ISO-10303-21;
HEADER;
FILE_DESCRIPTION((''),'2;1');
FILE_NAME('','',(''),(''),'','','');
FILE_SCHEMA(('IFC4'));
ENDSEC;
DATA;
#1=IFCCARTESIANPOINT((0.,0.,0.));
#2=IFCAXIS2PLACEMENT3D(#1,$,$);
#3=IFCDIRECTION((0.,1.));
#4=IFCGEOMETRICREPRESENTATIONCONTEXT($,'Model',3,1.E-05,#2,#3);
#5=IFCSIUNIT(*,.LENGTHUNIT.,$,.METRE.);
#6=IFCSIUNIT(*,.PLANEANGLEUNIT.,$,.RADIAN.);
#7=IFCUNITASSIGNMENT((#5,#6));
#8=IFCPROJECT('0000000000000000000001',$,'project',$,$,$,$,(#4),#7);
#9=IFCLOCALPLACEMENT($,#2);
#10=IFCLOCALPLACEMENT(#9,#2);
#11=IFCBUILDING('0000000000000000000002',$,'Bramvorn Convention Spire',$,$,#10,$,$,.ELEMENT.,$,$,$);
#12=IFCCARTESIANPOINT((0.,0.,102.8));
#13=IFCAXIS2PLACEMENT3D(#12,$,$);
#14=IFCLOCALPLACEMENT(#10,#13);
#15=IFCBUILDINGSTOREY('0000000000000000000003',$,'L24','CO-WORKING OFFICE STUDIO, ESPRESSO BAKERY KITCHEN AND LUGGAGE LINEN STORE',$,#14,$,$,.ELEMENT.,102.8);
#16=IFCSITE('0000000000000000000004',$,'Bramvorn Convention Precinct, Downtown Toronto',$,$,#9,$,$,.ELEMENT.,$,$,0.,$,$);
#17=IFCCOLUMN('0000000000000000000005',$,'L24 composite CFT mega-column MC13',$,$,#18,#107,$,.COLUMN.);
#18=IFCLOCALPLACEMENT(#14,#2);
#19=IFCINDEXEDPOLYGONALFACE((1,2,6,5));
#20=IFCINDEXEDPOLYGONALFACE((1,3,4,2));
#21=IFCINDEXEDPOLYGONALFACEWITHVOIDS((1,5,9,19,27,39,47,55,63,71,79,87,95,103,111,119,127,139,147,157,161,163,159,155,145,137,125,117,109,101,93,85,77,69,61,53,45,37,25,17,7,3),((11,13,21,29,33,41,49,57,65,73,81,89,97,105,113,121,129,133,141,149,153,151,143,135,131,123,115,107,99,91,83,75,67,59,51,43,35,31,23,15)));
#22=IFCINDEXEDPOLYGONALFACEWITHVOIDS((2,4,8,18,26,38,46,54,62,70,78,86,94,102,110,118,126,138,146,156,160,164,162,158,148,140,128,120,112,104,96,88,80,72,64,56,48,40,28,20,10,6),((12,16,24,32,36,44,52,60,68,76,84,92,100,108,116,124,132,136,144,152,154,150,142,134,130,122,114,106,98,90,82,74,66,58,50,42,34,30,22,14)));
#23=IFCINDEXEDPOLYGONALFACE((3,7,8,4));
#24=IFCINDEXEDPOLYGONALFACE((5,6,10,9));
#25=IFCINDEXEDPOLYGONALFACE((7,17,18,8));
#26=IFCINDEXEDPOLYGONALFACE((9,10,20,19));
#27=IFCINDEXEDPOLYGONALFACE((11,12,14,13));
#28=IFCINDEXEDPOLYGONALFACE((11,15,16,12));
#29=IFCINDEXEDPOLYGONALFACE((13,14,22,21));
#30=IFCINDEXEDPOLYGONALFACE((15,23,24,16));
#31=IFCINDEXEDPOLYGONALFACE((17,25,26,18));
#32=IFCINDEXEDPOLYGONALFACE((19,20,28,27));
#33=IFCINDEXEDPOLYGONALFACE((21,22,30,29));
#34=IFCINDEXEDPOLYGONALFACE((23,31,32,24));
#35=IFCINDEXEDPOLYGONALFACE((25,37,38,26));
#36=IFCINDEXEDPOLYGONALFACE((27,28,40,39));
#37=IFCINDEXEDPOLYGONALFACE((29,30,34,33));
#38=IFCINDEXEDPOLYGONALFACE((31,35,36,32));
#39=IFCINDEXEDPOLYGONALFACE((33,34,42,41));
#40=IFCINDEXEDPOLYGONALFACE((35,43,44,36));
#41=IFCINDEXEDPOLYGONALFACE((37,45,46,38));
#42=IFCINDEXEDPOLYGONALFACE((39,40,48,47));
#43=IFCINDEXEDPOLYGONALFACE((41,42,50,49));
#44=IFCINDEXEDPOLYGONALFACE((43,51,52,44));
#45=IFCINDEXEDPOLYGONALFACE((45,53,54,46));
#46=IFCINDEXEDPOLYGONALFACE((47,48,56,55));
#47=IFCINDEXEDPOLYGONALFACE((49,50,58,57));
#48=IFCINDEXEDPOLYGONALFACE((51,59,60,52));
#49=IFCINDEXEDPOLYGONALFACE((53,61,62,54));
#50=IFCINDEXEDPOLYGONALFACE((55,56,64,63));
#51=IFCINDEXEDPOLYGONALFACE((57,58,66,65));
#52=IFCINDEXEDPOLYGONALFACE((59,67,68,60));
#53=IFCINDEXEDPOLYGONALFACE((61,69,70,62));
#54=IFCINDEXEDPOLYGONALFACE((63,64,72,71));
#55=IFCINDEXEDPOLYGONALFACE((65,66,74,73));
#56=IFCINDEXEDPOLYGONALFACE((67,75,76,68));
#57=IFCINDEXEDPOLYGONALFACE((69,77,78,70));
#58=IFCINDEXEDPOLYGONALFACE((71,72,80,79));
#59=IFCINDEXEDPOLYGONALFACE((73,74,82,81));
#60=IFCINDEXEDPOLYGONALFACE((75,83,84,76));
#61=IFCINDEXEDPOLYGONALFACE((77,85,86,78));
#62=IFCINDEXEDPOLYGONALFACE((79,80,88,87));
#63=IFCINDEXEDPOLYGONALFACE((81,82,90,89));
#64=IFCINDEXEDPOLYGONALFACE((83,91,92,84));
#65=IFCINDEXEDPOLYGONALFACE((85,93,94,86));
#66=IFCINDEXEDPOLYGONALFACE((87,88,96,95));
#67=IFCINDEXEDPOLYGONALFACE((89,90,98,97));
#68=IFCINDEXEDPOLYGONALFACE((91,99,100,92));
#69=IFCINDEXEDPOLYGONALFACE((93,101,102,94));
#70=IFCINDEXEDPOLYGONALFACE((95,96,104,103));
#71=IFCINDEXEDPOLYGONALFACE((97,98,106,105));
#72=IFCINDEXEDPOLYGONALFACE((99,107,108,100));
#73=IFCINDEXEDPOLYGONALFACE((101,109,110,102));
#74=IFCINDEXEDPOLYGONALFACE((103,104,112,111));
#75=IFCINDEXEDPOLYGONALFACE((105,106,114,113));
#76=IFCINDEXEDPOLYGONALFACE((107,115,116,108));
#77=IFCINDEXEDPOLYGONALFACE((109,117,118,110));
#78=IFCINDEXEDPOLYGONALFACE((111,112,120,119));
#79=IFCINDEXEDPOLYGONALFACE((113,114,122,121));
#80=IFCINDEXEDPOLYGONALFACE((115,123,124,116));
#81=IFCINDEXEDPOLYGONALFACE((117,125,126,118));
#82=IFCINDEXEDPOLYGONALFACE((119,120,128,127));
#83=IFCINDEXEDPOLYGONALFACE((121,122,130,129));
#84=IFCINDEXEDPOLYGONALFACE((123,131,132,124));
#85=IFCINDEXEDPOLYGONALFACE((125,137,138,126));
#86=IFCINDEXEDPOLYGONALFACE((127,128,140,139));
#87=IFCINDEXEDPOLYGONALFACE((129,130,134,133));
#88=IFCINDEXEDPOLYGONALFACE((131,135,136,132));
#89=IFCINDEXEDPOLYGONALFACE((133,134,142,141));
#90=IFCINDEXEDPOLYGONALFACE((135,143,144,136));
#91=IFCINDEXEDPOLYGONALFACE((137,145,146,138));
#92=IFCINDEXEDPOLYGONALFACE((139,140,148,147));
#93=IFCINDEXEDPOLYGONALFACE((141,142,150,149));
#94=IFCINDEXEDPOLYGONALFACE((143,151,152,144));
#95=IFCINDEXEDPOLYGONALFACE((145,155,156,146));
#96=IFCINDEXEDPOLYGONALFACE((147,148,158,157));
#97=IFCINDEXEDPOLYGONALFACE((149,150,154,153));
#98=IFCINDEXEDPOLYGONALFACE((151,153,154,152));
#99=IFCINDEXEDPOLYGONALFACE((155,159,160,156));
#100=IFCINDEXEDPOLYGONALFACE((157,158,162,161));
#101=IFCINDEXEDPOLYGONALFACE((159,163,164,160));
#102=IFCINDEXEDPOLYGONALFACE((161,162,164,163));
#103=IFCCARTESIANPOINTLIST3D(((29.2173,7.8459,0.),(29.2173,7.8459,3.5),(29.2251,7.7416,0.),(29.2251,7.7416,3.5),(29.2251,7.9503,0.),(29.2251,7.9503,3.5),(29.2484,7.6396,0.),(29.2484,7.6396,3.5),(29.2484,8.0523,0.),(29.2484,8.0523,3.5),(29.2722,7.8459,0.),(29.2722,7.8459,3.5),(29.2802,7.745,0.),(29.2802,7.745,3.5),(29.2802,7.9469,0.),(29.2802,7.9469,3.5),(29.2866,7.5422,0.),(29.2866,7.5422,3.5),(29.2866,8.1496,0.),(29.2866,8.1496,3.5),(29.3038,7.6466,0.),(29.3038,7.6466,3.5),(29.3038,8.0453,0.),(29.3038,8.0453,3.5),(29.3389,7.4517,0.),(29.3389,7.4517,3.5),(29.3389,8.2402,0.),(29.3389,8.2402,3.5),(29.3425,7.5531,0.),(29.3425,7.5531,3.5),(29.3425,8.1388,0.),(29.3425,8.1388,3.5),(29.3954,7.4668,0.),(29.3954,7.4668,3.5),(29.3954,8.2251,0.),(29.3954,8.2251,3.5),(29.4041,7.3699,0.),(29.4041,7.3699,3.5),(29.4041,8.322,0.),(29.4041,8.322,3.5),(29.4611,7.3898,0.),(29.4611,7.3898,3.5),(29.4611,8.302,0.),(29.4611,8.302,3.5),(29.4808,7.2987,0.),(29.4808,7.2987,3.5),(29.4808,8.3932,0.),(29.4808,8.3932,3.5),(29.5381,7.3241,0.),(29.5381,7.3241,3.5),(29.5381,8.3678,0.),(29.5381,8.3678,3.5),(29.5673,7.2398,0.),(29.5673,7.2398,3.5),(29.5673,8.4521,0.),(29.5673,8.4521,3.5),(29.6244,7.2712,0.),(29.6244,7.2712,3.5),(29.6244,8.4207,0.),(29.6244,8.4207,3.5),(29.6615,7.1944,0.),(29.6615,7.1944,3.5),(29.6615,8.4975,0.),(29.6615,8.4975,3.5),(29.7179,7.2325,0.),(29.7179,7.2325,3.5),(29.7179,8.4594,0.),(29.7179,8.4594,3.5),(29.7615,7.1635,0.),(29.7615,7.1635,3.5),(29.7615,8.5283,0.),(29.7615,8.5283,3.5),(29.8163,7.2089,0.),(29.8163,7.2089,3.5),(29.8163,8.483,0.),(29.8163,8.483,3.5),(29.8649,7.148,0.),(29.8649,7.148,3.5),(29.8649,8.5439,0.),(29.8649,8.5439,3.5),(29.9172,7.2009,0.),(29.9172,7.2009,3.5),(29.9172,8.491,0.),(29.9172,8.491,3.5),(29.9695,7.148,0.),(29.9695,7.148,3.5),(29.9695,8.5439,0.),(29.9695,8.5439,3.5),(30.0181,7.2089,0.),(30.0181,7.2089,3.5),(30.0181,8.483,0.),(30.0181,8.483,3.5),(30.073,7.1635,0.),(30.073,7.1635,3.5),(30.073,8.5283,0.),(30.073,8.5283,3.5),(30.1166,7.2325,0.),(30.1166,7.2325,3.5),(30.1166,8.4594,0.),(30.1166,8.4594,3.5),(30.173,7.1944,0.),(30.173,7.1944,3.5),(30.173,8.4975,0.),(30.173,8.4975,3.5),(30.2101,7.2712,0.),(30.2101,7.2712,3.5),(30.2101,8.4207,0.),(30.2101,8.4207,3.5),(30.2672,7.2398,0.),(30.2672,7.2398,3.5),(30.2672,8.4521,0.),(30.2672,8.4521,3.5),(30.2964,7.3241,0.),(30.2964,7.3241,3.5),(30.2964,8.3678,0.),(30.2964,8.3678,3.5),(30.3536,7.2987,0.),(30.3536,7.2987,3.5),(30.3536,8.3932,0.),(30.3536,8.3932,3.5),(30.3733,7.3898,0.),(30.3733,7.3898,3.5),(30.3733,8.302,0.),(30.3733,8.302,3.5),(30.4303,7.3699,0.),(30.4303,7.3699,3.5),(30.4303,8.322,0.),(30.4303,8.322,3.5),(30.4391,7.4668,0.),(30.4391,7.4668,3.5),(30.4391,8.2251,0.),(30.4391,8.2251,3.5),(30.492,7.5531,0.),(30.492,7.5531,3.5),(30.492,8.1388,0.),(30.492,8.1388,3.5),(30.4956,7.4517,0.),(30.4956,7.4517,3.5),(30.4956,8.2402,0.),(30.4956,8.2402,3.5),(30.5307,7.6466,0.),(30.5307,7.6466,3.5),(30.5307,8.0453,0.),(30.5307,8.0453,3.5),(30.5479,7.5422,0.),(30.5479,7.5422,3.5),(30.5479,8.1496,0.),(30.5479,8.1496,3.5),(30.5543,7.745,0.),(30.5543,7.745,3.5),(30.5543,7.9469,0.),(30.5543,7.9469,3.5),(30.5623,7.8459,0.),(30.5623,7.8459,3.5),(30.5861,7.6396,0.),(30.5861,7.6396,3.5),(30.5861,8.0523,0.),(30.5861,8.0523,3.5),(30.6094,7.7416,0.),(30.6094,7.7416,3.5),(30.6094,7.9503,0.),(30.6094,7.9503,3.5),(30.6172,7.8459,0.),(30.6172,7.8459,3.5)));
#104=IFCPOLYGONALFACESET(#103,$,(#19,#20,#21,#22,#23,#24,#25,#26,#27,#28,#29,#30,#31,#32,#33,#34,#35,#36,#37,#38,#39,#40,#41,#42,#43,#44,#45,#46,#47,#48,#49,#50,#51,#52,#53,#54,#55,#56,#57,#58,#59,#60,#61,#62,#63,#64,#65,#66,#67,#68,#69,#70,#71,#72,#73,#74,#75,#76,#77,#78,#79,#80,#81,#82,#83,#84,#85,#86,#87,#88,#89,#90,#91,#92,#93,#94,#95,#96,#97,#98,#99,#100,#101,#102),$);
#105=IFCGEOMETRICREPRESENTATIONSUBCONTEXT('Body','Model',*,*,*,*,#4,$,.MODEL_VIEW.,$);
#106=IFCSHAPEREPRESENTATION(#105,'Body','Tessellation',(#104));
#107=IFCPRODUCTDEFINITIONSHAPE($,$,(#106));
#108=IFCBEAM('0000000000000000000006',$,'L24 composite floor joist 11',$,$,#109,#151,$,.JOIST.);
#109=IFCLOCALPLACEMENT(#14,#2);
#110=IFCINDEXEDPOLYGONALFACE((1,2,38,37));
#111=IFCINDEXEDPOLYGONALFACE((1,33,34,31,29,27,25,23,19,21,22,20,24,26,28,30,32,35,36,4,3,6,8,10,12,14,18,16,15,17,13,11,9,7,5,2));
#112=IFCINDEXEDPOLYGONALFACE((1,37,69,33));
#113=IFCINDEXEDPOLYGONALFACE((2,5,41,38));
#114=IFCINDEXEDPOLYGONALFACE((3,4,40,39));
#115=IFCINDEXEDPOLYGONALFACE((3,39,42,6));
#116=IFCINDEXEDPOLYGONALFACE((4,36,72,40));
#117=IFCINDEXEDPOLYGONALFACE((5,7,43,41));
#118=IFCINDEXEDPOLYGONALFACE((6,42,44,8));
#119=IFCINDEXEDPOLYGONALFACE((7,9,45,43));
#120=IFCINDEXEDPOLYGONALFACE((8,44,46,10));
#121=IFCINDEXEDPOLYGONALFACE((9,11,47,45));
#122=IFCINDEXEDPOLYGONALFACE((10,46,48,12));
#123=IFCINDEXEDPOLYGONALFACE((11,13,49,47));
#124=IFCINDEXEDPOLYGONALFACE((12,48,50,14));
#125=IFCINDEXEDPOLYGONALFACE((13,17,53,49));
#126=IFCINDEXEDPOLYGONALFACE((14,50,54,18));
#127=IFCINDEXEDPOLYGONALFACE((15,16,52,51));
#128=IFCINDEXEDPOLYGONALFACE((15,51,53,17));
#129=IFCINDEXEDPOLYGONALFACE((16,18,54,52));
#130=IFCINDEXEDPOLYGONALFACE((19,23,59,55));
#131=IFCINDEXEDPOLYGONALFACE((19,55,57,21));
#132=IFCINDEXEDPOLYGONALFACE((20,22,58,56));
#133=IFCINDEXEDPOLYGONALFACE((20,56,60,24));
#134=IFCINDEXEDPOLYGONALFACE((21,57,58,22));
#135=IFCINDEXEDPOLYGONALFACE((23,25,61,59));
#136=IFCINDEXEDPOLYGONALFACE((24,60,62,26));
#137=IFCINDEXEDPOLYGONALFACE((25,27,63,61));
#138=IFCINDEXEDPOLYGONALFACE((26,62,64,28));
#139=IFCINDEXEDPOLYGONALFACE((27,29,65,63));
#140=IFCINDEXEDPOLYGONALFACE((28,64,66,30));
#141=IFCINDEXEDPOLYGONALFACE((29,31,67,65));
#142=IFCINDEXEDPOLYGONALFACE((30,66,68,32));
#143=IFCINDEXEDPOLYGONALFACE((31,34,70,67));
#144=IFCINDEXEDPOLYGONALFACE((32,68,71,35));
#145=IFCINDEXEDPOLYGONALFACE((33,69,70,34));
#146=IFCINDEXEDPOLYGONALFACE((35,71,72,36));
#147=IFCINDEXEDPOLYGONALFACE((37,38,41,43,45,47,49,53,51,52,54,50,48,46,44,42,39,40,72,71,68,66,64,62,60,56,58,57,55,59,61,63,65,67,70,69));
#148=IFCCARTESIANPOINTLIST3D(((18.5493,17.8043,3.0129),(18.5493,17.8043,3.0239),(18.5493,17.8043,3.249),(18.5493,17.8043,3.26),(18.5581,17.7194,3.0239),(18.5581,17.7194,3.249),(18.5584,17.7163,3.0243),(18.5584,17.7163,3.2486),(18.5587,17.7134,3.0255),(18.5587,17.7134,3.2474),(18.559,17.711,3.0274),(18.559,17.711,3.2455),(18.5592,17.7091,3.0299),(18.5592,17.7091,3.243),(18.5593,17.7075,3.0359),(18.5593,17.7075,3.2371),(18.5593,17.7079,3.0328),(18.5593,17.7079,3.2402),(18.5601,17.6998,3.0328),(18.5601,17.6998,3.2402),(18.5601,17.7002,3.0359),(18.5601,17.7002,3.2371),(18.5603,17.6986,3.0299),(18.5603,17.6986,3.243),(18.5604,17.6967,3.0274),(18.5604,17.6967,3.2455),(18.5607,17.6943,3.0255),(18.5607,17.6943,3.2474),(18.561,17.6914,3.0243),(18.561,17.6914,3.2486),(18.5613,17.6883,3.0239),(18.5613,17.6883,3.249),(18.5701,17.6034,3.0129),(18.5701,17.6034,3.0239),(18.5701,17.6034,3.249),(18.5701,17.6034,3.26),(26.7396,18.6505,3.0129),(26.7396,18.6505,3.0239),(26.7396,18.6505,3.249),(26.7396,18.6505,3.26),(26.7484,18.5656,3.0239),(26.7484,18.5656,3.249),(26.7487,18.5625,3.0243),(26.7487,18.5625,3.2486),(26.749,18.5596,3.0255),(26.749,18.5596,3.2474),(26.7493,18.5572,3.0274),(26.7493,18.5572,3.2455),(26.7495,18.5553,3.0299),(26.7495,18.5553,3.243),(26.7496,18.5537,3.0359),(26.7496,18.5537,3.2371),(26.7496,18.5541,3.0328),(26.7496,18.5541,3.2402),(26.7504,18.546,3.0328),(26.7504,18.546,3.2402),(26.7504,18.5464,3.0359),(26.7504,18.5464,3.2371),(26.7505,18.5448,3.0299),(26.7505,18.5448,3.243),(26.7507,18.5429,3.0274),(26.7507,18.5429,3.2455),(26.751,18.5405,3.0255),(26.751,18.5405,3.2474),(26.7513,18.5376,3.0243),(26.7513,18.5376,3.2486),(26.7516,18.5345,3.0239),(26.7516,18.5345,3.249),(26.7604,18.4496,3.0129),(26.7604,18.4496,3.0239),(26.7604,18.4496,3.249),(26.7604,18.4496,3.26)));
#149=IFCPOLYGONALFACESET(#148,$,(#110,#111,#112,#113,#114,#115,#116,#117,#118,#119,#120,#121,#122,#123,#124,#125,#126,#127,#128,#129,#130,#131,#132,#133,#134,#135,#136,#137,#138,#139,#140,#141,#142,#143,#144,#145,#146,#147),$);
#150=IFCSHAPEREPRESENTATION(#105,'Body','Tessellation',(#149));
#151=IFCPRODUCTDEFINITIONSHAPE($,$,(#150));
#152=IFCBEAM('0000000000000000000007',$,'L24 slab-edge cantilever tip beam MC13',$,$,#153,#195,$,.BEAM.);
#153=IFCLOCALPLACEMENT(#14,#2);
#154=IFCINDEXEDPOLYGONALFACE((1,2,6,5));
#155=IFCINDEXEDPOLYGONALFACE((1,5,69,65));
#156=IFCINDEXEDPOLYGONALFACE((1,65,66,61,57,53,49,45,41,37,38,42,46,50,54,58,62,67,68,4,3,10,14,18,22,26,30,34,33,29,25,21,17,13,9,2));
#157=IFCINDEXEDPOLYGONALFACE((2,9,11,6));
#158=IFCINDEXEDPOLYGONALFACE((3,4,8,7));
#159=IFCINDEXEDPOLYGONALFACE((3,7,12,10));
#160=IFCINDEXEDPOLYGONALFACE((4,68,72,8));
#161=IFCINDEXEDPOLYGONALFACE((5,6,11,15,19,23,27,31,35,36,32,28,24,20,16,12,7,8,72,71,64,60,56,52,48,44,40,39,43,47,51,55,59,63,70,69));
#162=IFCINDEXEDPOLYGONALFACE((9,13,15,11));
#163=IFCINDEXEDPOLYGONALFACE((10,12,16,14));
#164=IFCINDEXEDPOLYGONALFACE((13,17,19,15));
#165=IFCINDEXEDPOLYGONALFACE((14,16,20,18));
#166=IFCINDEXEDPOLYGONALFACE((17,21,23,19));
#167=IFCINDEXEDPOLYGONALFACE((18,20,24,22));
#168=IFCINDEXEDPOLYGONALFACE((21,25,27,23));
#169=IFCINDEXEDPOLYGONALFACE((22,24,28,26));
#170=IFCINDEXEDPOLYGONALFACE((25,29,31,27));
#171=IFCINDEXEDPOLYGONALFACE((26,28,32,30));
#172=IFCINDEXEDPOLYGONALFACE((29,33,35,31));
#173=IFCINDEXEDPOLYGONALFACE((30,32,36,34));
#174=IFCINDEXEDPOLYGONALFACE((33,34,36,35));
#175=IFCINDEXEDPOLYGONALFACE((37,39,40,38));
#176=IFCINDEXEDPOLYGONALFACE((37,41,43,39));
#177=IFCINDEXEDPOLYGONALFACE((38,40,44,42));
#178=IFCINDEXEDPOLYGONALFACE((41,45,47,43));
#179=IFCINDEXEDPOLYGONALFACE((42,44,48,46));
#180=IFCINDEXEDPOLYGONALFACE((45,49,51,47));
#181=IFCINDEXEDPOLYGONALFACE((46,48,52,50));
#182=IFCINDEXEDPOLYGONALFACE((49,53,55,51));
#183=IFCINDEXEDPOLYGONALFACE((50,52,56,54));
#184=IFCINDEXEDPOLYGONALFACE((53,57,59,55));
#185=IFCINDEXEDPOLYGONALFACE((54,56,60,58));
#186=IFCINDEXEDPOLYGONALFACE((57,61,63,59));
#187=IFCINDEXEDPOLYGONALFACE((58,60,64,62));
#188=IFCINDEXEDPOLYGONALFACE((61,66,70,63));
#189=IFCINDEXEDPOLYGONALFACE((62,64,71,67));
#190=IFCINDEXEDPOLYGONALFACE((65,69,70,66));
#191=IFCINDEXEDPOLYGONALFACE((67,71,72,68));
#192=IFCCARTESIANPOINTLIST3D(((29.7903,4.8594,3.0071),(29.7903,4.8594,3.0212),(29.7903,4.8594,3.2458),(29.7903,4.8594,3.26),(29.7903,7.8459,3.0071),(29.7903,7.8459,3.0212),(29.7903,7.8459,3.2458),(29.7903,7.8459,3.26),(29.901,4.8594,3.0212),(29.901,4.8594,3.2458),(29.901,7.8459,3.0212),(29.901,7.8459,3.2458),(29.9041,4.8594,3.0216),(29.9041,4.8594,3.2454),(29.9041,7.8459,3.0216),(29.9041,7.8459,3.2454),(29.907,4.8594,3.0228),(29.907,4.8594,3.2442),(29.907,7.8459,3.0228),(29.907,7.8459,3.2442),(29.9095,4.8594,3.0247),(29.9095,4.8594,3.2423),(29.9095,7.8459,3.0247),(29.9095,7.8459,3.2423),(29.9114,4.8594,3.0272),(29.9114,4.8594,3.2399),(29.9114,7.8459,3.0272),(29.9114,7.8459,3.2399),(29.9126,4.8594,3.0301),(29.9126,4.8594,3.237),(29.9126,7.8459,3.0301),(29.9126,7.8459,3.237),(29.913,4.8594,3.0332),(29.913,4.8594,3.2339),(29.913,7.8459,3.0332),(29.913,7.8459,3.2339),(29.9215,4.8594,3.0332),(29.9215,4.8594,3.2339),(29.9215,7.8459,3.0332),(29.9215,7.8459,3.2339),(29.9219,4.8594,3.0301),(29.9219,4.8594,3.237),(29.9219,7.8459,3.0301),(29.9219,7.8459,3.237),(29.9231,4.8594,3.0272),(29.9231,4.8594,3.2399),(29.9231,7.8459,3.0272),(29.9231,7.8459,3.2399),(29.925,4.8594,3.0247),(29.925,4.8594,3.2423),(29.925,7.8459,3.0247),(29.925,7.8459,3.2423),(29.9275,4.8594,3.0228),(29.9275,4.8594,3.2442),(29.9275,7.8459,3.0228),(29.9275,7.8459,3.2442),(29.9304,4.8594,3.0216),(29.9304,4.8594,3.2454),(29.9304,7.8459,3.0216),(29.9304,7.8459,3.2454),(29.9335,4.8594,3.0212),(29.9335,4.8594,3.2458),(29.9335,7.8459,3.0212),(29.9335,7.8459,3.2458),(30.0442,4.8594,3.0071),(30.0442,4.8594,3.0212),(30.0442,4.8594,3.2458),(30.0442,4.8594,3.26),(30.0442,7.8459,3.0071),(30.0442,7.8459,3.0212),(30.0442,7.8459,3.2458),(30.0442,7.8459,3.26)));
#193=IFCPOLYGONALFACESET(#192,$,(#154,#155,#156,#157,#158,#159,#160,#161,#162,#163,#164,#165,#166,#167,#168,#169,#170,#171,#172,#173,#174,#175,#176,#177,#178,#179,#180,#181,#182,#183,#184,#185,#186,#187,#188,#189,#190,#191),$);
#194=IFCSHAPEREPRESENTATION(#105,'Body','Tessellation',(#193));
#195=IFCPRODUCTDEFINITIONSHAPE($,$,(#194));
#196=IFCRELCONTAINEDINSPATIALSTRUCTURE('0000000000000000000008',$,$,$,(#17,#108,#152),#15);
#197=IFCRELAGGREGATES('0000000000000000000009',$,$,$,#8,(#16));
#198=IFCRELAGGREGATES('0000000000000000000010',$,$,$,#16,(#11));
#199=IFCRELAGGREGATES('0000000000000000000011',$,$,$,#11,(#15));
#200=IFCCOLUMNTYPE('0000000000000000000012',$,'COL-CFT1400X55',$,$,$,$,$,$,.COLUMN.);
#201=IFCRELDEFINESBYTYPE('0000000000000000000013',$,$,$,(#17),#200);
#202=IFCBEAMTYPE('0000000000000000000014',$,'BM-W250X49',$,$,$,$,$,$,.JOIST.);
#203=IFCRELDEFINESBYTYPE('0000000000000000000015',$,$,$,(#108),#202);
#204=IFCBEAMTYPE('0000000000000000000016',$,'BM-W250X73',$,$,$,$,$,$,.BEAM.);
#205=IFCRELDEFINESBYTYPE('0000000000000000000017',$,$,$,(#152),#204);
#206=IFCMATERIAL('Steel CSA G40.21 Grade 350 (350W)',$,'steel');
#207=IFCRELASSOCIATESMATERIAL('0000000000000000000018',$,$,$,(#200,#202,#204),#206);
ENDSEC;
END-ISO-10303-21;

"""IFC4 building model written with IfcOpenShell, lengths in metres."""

from ifc_helpers import new_model, si_unit, direction, frame, origin, origin_2d, place, context, subcontext, project, spatial, hollow_circle, i_section, extrude, material, material_profile, profile_set, type_object, element, save


model = new_model("IFC4")

# Units and contexts
model_context = context("Model", 3, precision=1e-05, world=origin(), true_north=direction((0.0, 1.0)))
body_context = subcontext(model_context, "Body", "Model", "MODEL_VIEW")
ifc_project = project(units=[si_unit("LENGTHUNIT", "METRE"), si_unit("PLANEANGLEUNIT", "RADIAN")], contexts=[model_context])

# Site, building, storey
site_placement = place(None, origin())
site = spatial("IfcSite", under=ifc_project, at=site_placement, Name="Bramvorn Convention Precinct, Downtown Toronto", CompositionType="ELEMENT", RefElevation=0.0)
building_placement = place(site_placement, origin())
building = spatial("IfcBuilding", under=site, at=building_placement, Name="Bramvorn Convention Spire", CompositionType="ELEMENT")
storey_placement = place(building_placement, frame((0.0, 0.0, 102.8)))
storey = spatial("IfcBuildingStorey", under=building, at=storey_placement, Name="L24", Description="CO-WORKING OFFICE STUDIO, ESPRESSO BAKERY KITCHEN AND LUGGAGE LINEN STORE", CompositionType="ELEMENT", Elevation=102.8)

# Column
ifc_material_1 = material(Name="Steel CSA G40.21 Grade 350 (350W)", Category="steel")
ifc_material_profile_1 = material_profile(ifc_material_1, hollow_circle(Radius=0.7, WallThickness=0.0549, at=origin_2d()))
ifc_profile_set_1 = profile_set([ifc_material_profile_1], Name="Steel CSA G40.21 Grade 350 (350W) - CFT1400X55")
column_type = type_object("IfcColumnType", Name="COL-CFT1400X55", PredefinedType="COLUMN", material=ifc_profile_set_1)
column_placement = place(storey_placement, frame((29.9172, 7.8459, 0.0), z_axis=(0.0, 0.0, 1.0), x_axis=(1.0, 0.0, 0.0)))
element("IfcColumn", 1, at=column_placement, inside=storey, type_object=column_type, Name="L24 composite CFT mega-column MC13", PredefinedType="COLUMN", context=body_context, shape_type="SweptSolid", body=[
    extrude(hollow_circle(Radius=0.7, WallThickness=0.0549, at=origin_2d()), origin(), (0.0, 0.0, 1.0), 3.5),
])

# Beams
ifc_material_profile_2 = material_profile(ifc_material_1, i_section(OverallWidth=0.2019, OverallDepth=0.2471, WebThickness=0.0073, FlangeThickness=0.011, FilletRadius=0.012, at=origin_2d()))
ifc_profile_set_2 = profile_set([ifc_material_profile_2], Name="Steel CSA G40.21 Grade 350 (350W) - W250X49")
beam_type_1 = type_object("IfcBeamType", Name="BM-W250X49", PredefinedType="JOIST", material=ifc_profile_set_2)
beam_1_placement = place(storey_placement, frame((26.75, 18.55, 3.1365), z_axis=(-0.994705, -0.102771, 0.0), x_axis=(0.102771, -0.994705, 0.0)))
element("IfcBeam", 2, at=beam_1_placement, inside=storey, type_object=beam_type_1, Name="L24 composite floor joist 11", PredefinedType="JOIST", context=body_context, shape_type="SweptSolid", body=[
    extrude(i_section(OverallWidth=0.2019, OverallDepth=0.2471, WebThickness=0.0073, FlangeThickness=0.011, FilletRadius=0.012, at=origin_2d()), origin(), (0.0, 0.0, 1.0), 8.2339),
])
ifc_material_profile_3 = material_profile(ifc_material_1, i_section(OverallWidth=0.2539, OverallDepth=0.2529, WebThickness=0.0085, FlangeThickness=0.0142, FilletRadius=0.012, at=origin_2d()))
ifc_profile_set_3 = profile_set([ifc_material_profile_3], Name="Steel CSA G40.21 Grade 350 (350W) - W250X73")
beam_type_2 = type_object("IfcBeamType", Name="BM-W250X73", PredefinedType="BEAM", material=ifc_profile_set_3)
beam_2_placement = place(storey_placement, frame((29.9172, 7.8459, 3.1335), z_axis=(0.0, -1.0, 0.0), x_axis=(1.0, 0.0, 0.0)))
element("IfcBeam", 3, at=beam_2_placement, inside=storey, type_object=beam_type_2, Name="L24 slab-edge cantilever tip beam MC13", PredefinedType="BEAM", context=body_context, shape_type="SweptSolid", body=[
    extrude(i_section(OverallWidth=0.2539, OverallDepth=0.2529, WebThickness=0.0085, FlangeThickness=0.0142, FilletRadius=0.012, at=origin_2d()), origin(), (0.0, 0.0, 1.0), 2.9866),
])

save(model, "model.ifc")
